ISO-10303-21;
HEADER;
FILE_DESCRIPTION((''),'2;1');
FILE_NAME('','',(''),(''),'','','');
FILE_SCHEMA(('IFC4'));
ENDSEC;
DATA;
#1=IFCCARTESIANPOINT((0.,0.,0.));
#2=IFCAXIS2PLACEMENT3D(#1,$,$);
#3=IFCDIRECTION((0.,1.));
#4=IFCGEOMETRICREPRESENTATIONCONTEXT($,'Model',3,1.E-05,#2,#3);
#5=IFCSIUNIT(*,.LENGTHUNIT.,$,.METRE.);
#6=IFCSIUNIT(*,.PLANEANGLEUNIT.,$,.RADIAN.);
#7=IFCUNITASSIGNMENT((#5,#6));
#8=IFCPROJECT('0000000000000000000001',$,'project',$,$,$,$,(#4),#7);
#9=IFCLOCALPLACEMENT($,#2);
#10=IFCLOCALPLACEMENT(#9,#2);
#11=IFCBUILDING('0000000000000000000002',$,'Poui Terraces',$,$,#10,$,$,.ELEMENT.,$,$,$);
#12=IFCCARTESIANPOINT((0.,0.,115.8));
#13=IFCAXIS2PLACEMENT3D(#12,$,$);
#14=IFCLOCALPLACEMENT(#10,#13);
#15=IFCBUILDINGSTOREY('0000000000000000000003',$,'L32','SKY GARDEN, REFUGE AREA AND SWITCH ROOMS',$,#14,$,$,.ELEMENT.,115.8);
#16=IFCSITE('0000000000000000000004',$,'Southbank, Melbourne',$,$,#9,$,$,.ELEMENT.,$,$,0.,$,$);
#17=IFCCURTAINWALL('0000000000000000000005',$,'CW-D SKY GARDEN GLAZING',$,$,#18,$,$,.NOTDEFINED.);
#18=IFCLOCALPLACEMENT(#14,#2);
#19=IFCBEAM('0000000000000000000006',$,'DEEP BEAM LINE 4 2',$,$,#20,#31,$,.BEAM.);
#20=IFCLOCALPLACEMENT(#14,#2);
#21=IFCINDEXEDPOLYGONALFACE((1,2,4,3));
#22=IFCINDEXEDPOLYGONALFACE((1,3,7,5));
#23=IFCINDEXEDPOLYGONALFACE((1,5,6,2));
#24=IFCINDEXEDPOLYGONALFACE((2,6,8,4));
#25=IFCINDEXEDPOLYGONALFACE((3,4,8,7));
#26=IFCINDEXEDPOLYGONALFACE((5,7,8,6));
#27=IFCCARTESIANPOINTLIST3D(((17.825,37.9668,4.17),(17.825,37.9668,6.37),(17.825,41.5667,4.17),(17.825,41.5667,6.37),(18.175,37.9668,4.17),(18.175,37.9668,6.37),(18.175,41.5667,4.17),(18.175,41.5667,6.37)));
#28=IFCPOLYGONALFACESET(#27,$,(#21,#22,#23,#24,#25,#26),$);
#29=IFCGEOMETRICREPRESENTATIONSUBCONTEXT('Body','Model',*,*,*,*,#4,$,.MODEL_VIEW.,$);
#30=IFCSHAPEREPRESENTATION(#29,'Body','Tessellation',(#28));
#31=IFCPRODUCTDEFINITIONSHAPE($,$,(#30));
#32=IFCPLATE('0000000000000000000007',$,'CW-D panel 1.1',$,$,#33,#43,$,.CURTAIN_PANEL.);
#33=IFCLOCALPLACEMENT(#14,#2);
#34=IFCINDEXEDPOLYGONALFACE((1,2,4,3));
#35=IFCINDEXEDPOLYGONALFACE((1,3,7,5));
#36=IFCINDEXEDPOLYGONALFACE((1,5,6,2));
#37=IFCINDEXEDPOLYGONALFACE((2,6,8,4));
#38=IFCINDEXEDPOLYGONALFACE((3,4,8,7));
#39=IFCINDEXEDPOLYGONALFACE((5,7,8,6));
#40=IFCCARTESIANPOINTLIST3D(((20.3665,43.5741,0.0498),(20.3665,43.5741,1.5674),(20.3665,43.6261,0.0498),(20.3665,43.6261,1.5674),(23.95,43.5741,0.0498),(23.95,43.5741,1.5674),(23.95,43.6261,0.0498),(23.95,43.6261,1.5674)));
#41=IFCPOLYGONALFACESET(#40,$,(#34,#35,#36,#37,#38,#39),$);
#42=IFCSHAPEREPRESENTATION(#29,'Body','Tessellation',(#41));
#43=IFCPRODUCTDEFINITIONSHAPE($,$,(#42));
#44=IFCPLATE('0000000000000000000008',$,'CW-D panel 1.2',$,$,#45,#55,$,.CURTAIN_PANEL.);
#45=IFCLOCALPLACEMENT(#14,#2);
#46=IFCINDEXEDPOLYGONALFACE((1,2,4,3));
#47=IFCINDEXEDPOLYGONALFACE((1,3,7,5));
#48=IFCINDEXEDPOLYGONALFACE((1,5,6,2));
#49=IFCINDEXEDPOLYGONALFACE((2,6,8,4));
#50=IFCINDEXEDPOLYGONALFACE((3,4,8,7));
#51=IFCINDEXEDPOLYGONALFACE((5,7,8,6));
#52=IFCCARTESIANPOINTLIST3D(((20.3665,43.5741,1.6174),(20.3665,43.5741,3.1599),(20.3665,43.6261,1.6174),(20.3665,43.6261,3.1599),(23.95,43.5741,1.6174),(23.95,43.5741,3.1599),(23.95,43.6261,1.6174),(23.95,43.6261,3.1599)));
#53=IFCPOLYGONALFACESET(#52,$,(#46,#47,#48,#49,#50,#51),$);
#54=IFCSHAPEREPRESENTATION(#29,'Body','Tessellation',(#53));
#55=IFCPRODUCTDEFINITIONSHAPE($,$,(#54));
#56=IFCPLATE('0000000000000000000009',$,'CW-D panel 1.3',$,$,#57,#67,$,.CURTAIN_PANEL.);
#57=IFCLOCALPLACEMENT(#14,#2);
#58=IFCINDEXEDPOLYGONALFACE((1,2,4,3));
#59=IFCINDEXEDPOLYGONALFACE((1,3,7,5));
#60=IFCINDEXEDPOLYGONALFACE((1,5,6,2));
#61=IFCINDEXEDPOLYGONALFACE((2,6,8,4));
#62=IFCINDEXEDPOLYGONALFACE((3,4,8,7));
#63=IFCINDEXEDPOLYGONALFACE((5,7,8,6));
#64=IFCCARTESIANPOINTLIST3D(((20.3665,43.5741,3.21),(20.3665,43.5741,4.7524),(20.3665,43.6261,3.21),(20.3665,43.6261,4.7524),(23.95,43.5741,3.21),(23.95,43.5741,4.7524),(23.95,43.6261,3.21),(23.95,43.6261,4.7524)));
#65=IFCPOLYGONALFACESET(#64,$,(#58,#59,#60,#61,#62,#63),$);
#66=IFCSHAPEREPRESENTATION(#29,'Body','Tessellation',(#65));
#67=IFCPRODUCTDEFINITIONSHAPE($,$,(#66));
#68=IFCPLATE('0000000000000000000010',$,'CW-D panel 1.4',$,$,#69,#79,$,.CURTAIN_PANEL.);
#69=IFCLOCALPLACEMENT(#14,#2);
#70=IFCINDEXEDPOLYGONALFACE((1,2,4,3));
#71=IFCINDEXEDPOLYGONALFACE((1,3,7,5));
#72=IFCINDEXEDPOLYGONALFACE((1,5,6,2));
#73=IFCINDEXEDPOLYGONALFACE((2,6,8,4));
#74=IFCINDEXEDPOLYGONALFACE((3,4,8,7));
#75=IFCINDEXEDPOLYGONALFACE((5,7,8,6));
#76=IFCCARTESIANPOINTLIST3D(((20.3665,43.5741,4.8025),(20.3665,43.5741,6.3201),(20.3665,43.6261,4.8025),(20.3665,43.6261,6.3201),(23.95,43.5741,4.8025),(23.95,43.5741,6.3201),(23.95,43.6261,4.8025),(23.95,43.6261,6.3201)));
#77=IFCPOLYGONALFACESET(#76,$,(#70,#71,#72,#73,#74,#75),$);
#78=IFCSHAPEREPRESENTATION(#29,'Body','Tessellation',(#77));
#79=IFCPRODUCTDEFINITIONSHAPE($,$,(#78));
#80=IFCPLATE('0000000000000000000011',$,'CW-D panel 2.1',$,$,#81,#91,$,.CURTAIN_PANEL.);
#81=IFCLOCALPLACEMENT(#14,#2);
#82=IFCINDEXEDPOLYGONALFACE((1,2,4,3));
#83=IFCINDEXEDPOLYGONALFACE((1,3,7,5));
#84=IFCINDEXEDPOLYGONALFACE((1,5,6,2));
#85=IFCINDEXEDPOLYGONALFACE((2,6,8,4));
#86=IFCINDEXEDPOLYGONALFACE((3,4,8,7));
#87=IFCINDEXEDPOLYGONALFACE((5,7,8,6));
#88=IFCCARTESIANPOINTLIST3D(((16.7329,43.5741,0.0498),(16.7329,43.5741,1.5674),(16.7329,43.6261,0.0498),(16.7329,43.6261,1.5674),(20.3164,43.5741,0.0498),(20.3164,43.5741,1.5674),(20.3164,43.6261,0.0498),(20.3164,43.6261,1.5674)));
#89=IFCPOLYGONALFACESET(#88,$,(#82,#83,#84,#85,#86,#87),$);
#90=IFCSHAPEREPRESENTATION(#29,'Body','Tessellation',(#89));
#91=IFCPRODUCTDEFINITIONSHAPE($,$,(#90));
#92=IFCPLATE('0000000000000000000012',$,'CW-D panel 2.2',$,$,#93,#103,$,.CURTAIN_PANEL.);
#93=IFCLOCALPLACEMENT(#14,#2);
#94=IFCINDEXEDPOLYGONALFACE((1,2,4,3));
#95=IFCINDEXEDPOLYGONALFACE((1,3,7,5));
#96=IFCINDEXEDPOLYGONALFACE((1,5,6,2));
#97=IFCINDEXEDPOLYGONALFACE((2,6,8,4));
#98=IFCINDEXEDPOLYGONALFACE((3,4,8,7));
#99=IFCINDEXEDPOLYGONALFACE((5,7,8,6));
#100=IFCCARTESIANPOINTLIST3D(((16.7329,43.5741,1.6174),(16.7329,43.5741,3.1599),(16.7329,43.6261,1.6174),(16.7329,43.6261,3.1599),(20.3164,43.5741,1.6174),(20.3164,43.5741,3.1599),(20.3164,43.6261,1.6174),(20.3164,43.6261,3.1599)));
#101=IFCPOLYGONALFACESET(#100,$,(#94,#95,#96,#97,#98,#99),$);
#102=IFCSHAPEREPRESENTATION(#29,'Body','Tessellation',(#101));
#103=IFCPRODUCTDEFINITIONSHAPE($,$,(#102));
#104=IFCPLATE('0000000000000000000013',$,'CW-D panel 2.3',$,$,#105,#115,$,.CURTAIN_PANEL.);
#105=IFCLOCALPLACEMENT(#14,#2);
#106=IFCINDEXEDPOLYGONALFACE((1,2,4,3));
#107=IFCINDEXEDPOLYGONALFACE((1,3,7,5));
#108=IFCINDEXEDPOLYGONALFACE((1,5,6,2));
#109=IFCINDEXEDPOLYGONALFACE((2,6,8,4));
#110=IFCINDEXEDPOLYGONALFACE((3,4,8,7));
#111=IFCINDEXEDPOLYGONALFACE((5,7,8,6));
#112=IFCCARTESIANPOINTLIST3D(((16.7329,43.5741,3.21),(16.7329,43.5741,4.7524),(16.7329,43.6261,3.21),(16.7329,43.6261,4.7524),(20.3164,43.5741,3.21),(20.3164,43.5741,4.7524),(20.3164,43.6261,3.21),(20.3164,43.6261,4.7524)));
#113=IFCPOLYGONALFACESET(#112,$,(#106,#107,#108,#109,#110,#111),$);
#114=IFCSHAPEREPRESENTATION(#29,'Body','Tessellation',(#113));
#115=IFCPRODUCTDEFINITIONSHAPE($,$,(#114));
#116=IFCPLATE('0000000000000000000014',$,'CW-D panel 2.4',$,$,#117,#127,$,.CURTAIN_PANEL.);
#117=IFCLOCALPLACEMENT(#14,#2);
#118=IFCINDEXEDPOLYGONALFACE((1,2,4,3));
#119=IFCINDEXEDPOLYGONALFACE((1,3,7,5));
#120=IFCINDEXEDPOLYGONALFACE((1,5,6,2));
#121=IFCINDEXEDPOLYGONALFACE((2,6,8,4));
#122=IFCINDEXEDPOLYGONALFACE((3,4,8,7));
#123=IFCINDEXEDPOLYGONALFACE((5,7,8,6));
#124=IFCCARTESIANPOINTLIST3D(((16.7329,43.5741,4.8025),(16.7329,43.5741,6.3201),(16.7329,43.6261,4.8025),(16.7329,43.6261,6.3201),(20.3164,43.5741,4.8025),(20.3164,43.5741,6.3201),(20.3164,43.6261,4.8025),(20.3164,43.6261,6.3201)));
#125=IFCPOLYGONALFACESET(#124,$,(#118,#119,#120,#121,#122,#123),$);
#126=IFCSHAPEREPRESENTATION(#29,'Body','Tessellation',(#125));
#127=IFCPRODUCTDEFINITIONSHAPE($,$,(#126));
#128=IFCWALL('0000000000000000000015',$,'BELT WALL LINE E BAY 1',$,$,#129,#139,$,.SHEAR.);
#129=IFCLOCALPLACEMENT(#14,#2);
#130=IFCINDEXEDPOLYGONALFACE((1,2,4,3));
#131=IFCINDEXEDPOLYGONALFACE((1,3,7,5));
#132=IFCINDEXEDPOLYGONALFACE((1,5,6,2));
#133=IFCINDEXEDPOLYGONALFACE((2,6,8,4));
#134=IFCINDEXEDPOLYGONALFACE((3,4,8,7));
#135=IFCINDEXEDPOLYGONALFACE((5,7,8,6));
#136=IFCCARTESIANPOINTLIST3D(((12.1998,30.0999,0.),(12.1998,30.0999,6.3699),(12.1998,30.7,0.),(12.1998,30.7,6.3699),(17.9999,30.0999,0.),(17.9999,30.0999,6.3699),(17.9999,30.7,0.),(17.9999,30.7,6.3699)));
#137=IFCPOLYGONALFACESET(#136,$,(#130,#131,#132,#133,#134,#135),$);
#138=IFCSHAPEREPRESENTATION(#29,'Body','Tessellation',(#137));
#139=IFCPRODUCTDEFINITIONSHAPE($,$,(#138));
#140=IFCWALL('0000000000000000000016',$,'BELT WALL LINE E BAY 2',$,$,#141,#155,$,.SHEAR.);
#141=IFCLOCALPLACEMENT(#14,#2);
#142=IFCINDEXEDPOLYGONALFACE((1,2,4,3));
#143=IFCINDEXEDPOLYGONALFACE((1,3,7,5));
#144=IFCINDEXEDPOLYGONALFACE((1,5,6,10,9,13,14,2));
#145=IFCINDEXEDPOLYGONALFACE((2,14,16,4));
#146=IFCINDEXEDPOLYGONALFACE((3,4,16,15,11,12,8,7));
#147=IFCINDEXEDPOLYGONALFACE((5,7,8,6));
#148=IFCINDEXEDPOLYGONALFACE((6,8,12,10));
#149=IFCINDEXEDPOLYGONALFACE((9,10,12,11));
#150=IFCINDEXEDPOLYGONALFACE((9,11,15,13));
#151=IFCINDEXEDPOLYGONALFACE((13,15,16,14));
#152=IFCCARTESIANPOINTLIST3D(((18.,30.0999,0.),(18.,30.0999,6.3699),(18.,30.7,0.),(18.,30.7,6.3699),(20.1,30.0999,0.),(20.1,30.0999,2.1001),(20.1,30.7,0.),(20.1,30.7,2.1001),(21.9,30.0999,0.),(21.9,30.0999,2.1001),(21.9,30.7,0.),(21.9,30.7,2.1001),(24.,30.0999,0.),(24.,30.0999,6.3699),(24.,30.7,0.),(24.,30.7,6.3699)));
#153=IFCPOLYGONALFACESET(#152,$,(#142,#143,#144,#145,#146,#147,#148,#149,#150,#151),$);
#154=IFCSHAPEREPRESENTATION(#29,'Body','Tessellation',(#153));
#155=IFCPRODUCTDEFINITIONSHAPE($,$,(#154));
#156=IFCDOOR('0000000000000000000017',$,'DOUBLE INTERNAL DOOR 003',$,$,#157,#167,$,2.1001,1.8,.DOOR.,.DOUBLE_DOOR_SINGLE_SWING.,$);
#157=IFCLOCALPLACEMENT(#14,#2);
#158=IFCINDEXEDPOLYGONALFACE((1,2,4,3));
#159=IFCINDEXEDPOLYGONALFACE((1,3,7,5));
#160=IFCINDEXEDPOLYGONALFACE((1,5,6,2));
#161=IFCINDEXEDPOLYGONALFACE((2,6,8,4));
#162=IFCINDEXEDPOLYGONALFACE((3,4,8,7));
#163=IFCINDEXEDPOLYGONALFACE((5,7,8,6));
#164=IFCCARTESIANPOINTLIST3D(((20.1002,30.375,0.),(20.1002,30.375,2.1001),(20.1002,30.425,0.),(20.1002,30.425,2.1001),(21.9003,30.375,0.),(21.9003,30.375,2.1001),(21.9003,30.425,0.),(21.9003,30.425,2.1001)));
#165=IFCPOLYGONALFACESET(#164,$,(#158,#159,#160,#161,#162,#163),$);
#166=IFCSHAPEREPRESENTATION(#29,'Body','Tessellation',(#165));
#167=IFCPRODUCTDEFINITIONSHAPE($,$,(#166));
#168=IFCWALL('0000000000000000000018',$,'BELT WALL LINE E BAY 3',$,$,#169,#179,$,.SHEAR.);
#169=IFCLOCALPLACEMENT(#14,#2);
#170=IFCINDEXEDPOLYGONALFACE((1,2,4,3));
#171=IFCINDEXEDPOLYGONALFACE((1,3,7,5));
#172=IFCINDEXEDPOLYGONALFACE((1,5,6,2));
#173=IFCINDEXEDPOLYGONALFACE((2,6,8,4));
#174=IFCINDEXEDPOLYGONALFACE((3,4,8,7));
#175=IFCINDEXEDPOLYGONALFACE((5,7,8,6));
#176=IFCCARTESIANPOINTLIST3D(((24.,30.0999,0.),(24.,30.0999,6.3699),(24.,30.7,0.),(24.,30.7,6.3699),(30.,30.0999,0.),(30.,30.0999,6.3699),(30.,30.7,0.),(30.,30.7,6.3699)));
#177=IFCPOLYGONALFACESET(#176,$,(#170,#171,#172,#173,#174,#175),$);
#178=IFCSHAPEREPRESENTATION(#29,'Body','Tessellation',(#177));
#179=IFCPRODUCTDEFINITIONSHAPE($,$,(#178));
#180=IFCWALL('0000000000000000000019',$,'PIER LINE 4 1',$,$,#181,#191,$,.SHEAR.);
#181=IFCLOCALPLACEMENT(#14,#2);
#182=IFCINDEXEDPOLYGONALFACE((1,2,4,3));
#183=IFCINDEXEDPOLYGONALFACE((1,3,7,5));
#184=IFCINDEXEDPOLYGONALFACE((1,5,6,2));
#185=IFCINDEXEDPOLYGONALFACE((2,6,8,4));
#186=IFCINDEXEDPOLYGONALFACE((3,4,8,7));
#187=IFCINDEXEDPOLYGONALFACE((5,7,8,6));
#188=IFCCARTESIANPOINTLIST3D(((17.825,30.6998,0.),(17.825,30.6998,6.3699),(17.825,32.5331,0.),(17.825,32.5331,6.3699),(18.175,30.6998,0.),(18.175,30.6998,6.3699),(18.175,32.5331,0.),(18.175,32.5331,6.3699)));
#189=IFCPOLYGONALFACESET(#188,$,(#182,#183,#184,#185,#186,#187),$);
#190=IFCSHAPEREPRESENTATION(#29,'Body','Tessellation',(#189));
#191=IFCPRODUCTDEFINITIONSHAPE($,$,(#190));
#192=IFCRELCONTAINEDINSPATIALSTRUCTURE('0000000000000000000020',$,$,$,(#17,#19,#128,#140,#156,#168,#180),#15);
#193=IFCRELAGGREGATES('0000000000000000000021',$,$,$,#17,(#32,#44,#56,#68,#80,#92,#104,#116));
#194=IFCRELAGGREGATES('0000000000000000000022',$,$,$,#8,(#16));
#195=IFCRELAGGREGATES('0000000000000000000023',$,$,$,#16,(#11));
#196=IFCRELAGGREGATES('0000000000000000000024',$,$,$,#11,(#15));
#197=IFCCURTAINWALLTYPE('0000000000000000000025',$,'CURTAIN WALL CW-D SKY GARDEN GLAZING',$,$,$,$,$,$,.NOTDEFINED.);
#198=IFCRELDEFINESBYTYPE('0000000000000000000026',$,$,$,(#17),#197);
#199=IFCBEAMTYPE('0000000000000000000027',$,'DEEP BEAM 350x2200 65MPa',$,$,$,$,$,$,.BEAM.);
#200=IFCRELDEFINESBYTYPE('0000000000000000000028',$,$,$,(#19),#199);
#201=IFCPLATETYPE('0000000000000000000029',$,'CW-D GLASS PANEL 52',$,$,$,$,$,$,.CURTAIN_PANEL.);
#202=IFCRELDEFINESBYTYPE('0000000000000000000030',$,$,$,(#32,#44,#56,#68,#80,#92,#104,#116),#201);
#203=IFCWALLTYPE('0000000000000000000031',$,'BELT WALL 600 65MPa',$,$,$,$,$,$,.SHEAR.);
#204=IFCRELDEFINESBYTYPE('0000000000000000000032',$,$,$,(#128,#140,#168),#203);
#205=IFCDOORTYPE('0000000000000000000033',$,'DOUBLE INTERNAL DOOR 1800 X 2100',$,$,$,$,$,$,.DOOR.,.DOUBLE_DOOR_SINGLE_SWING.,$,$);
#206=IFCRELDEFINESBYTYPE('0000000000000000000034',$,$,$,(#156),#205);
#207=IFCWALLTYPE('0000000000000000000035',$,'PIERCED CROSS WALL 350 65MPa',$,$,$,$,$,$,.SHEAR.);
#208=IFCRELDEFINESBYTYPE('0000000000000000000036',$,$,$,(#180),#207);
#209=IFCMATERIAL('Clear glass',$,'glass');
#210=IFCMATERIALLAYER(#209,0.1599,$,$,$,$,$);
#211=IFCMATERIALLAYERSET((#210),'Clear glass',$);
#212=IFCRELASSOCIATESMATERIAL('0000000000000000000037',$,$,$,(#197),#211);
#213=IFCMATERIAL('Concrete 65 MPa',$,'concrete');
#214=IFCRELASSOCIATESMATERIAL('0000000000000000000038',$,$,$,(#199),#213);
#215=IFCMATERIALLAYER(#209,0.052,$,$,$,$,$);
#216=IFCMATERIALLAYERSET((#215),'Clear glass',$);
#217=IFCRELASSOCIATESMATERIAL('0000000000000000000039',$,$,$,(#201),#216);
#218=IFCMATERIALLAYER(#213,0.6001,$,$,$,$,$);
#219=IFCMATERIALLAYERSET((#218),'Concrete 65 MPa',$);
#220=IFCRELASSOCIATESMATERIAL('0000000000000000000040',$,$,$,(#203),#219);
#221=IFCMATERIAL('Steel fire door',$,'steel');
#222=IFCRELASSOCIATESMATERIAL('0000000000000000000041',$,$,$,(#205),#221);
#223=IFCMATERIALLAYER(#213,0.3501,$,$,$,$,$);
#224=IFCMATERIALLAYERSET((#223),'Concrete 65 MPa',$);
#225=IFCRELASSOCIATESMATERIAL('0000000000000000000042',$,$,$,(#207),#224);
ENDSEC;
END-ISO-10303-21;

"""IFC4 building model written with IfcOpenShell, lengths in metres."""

from ifc_helpers import new_model, si_unit, direction, frame, frame_2d, origin, origin_2d, place, context, subcontext, project, spatial, rectangle, extrude, source, transform, mapped, material, layer, layer_set, material_profile, profile_set, type_object, element, fill, aggregate, save


model = new_model("IFC4")

# Units and contexts
model_context = context("Model", 3, precision=1e-05, world=origin(), true_north=direction((0.0, 1.0)))
body_context = subcontext(model_context, "Body", "Model", "MODEL_VIEW")
ifc_project = project(units=[si_unit("LENGTHUNIT", "METRE"), si_unit("PLANEANGLEUNIT", "RADIAN")], contexts=[model_context])

# Site, building, storey
site_placement = place(None, origin())
site = spatial("IfcSite", under=ifc_project, at=site_placement, Name="Southbank, Melbourne", CompositionType="ELEMENT", RefElevation=0.0)
building_placement = place(site_placement, origin())
building = spatial("IfcBuilding", under=site, at=building_placement, Name="Poui Terraces", CompositionType="ELEMENT")
storey_placement = place(building_placement, frame((0.0, 0.0, 115.8)))
storey = spatial("IfcBuildingStorey", under=building, at=storey_placement, Name="L32", Description="SKY GARDEN, REFUGE AREA AND SWITCH ROOMS", CompositionType="ELEMENT", Elevation=115.8)

# Curtain wall
ifc_material_1 = material(Name="Clear glass", Category="glass")
ifc_layer_1 = layer(ifc_material_1, 0.1599)
ifc_layer_set_1 = layer_set([ifc_layer_1], Name="Clear glass")
curtain_wall_type = type_object("IfcCurtainWallType", Name="CURTAIN WALL CW-D SKY GARDEN GLAZING", PredefinedType="NOTDEFINED", material=ifc_layer_set_1)
curtain_wall_placement = place(storey_placement, origin())
curtain_wall = element("IfcCurtainWall", 1, at=curtain_wall_placement, inside=storey, type_object=curtain_wall_type, Name="CW-D SKY GARDEN GLAZING", PredefinedType="NOTDEFINED")

# Beam
ifc_material_2 = material(Name="Concrete 65 MPa", Category="concrete")
ifc_material_profile_1 = material_profile(ifc_material_2, rectangle(XDim=0.3501, YDim=2.2, at=origin_2d()), Name="RC 350x2200")
ifc_profile_set_1 = profile_set([ifc_material_profile_1], Name="Concrete 65 MPa")
beam_type = type_object("IfcBeamType", Name="DEEP BEAM 350x2200 65MPa", PredefinedType="BEAM", material=ifc_profile_set_1)
shared_shape_1 = source(origin(), body_context, "Body", "SweptSolid", [
    extrude(rectangle(XDim=0.3501, YDim=2.2, at=origin_2d()), origin(), (0.0, 0.0, 1.0), 3.5999),
])
beam_1_placement = place(storey_placement, frame((18.0, 37.9668, 5.27), z_axis=(0.0, 1.0, 0.0), x_axis=(-1.0, 0.0, 0.0)))
element("IfcBeam", 2, at=beam_1_placement, inside=storey, type_object=beam_type, Name="DEEP BEAM LINE 4 2", PredefinedType="BEAM", context=body_context, shape_type="MappedRepresentation", body=[
    mapped(shared_shape_1, transform((0.0, 0.0, 0.0))),
])

# Plates
ifc_layer_2 = layer(ifc_material_1, 0.052)
ifc_layer_set_2 = layer_set([ifc_layer_2], Name="Clear glass")
plate_type = type_object("IfcPlateType", Name="CW-D GLASS PANEL 52", PredefinedType="CURTAIN_PANEL", material=ifc_layer_set_2)
plate_1_placement = place(storey_placement, frame((22.1582, 43.6001, 0.0498), z_axis=(0.0, 0.0, 1.0), x_axis=(-1.0, 0.0, 0.0)))
plate_1 = element("IfcPlate", 3, at=plate_1_placement, type_object=plate_type, Name="CW-D panel 1.1", PredefinedType="CURTAIN_PANEL", context=body_context, shape_type="SweptSolid", body=[
    extrude(rectangle(XDim=3.5835, YDim=0.052, at=origin_2d()), origin(), (0.0, 0.0, 1.0), 1.5176),
])
plate_2_placement = place(storey_placement, frame((22.1582, 43.6001, 1.6174), z_axis=(0.0, 0.0, 1.0), x_axis=(-1.0, 0.0, 0.0)))
plate_2 = element("IfcPlate", 4, at=plate_2_placement, type_object=plate_type, Name="CW-D panel 1.2", PredefinedType="CURTAIN_PANEL", context=body_context, shape_type="SweptSolid", body=[
    extrude(rectangle(XDim=3.5835, YDim=0.052, at=origin_2d()), origin(), (0.0, 0.0, 1.0), 1.5425),
])
plate_3_placement = place(storey_placement, frame((22.1582, 43.6001, 3.21), z_axis=(0.0, 0.0, 1.0), x_axis=(-1.0, 0.0, 0.0)))
plate_3 = element("IfcPlate", 5, at=plate_3_placement, type_object=plate_type, Name="CW-D panel 1.3", PredefinedType="CURTAIN_PANEL", context=body_context, shape_type="SweptSolid", body=[
    extrude(rectangle(XDim=3.5835, YDim=0.052, at=origin_2d()), origin(), (0.0, 0.0, 1.0), 1.5425),
])
plate_4_placement = place(storey_placement, frame((22.1582, 43.6001, 4.8025), z_axis=(0.0, 0.0, 1.0), x_axis=(-1.0, 0.0, 0.0)))
plate_4 = element("IfcPlate", 6, at=plate_4_placement, type_object=plate_type, Name="CW-D panel 1.4", PredefinedType="CURTAIN_PANEL", context=body_context, shape_type="SweptSolid", body=[
    extrude(rectangle(XDim=3.5835, YDim=0.052, at=origin_2d()), origin(), (0.0, 0.0, 1.0), 1.5176),
])
plate_5_placement = place(storey_placement, frame((18.5247, 43.6001, 0.0498), z_axis=(0.0, 0.0, 1.0), x_axis=(-1.0, 0.0, 0.0)))
plate_5 = element("IfcPlate", 7, at=plate_5_placement, type_object=plate_type, Name="CW-D panel 2.1", PredefinedType="CURTAIN_PANEL", context=body_context, shape_type="SweptSolid", body=[
    extrude(rectangle(XDim=3.5835, YDim=0.052, at=origin_2d()), origin(), (0.0, 0.0, 1.0), 1.5176),
])
plate_6_placement = place(storey_placement, frame((18.5247, 43.6001, 1.6174), z_axis=(0.0, 0.0, 1.0), x_axis=(-1.0, 0.0, 0.0)))
plate_6 = element("IfcPlate", 8, at=plate_6_placement, type_object=plate_type, Name="CW-D panel 2.2", PredefinedType="CURTAIN_PANEL", context=body_context, shape_type="SweptSolid", body=[
    extrude(rectangle(XDim=3.5835, YDim=0.052, at=origin_2d()), origin(), (0.0, 0.0, 1.0), 1.5425),
])
plate_7_placement = place(storey_placement, frame((18.5247, 43.6001, 3.21), z_axis=(0.0, 0.0, 1.0), x_axis=(-1.0, 0.0, 0.0)))
plate_7 = element("IfcPlate", 9, at=plate_7_placement, type_object=plate_type, Name="CW-D panel 2.3", PredefinedType="CURTAIN_PANEL", context=body_context, shape_type="SweptSolid", body=[
    extrude(rectangle(XDim=3.5835, YDim=0.052, at=origin_2d()), origin(), (0.0, 0.0, 1.0), 1.5425),
])
plate_8_placement = place(storey_placement, frame((18.5247, 43.6001, 4.8025), z_axis=(0.0, 0.0, 1.0), x_axis=(-1.0, 0.0, 0.0)))
plate_8 = element("IfcPlate", 10, at=plate_8_placement, type_object=plate_type, Name="CW-D panel 2.4", PredefinedType="CURTAIN_PANEL", context=body_context, shape_type="SweptSolid", body=[
    extrude(rectangle(XDim=3.5835, YDim=0.052, at=origin_2d()), origin(), (0.0, 0.0, 1.0), 1.5176),
])
aggregate(curtain_wall, [plate_1, plate_2, plate_3, plate_4, plate_5, plate_6, plate_7, plate_8])

# Wall
ifc_layer_3 = layer(ifc_material_2, 0.6001)
ifc_layer_set_3 = layer_set([ifc_layer_3], Name="Concrete 65 MPa")
wall_type_1 = type_object("IfcWallType", Name="BELT WALL 600 65MPa", PredefinedType="SHEAR", material=ifc_layer_set_3)
wall_1_placement = place(storey_placement, frame((12.2, 30.3999, 0.0), z_axis=(0.0, 0.0, 1.0), x_axis=(1.0, 0.0, 0.0)))
element("IfcWall", 11, at=wall_1_placement, inside=storey, type_object=wall_type_1, Name="BELT WALL LINE E BAY 1", PredefinedType="SHEAR", context=body_context, shape_type="SweptSolid", body=[
    extrude(rectangle(XDim=5.8, YDim=0.6001, at=frame_2d((2.8999, 0.0))), origin(), (0.0, 0.0, 1.0), 6.3699),
])

# Wall, opening, door
wall_2_placement = place(storey_placement, frame((18.0, 30.3999, 0.0), z_axis=(0.0, 0.0, 1.0), x_axis=(1.0, 0.0, 0.0)))
wall_2 = element("IfcWall", 12, at=wall_2_placement, inside=storey, type_object=wall_type_1, Name="BELT WALL LINE E BAY 2", PredefinedType="SHEAR", context=body_context, shape_type="SweptSolid", body=[
    extrude(rectangle(XDim=6.0, YDim=0.6001, at=frame_2d((3.0, 0.0))), origin(), (0.0, 0.0, 1.0), 6.3699),
])
opening_placement = place(wall_2_placement, frame((2.1001, 0.0, 0.0)))
opening = element("IfcOpeningElement", 13, at=opening_placement, cuts=wall_2, PredefinedType="OPENING", context=body_context, shape_type="SweptSolid", body=[
    extrude(rectangle(XDim=1.8, YDim=2.1001, at=frame_2d((0.8999, 1.05))), frame((0.0, 0.3101, 0.0), z_axis=(0.0, -1.0, 0.0), x_axis=(1.0, 0.0, 0.0)), (0.0, 0.0, 1.0), 0.6201),
])
ifc_material_3 = material(Name="Steel fire door", Category="steel")
door_type = type_object("IfcDoorType", Name="DOUBLE INTERNAL DOOR 1800 X 2100", OperationType="DOUBLE_DOOR_SINGLE_SWING", PredefinedType="DOOR", material=ifc_material_3)
door_placement = place(opening_placement, frame((1.8, 0.0, 0.0), z_axis=(0.0, 0.0, 1.0), x_axis=(-1.0, 0.0, 0.0)))
door = element("IfcDoor", 14, at=door_placement, inside=storey, type_object=door_type, Name="DOUBLE INTERNAL DOOR 003", OperationType="DOUBLE_DOOR_SINGLE_SWING", OverallHeight=2.1001, OverallWidth=1.8, PredefinedType="DOOR", context=body_context, shape_type="SweptSolid", body=[
    extrude(rectangle(XDim=1.8, YDim=2.1001, at=frame_2d((0.8999, 1.05))), frame((0.0, 0.0249, 0.0), z_axis=(0.0, -1.0, 0.0), x_axis=(1.0, 0.0, 0.0)), (0.0, 0.0, 1.0), 0.05),
])
fill(opening, door)

# Walls
wall_3_placement = place(storey_placement, frame((24.0, 30.3999, 0.0), z_axis=(0.0, 0.0, 1.0), x_axis=(1.0, 0.0, 0.0)))
element("IfcWall", 15, at=wall_3_placement, inside=storey, type_object=wall_type_1, Name="BELT WALL LINE E BAY 3", PredefinedType="SHEAR", context=body_context, shape_type="SweptSolid", body=[
    extrude(rectangle(XDim=6.0, YDim=0.6001, at=frame_2d((3.0, 0.0))), origin(), (0.0, 0.0, 1.0), 6.3699),
])
ifc_layer_4 = layer(ifc_material_2, 0.3501)
ifc_layer_set_4 = layer_set([ifc_layer_4], Name="Concrete 65 MPa")
wall_type_2 = type_object("IfcWallType", Name="PIERCED CROSS WALL 350 65MPa", PredefinedType="SHEAR", material=ifc_layer_set_4)
wall_4_placement = place(storey_placement, frame((18.0, 30.7, 0.0), z_axis=(0.0, 0.0, 1.0), x_axis=(0.0, 1.0, 0.0)))
element("IfcWall", 16, at=wall_4_placement, inside=storey, type_object=wall_type_2, Name="PIER LINE 4 1", PredefinedType="SHEAR", context=body_context, shape_type="SweptSolid", body=[
    extrude(rectangle(XDim=1.8333, YDim=0.3501, at=frame_2d((0.9165, 0.0))), origin(), (0.0, 0.0, 1.0), 6.3699),
])

save(model, "model.ifc")
